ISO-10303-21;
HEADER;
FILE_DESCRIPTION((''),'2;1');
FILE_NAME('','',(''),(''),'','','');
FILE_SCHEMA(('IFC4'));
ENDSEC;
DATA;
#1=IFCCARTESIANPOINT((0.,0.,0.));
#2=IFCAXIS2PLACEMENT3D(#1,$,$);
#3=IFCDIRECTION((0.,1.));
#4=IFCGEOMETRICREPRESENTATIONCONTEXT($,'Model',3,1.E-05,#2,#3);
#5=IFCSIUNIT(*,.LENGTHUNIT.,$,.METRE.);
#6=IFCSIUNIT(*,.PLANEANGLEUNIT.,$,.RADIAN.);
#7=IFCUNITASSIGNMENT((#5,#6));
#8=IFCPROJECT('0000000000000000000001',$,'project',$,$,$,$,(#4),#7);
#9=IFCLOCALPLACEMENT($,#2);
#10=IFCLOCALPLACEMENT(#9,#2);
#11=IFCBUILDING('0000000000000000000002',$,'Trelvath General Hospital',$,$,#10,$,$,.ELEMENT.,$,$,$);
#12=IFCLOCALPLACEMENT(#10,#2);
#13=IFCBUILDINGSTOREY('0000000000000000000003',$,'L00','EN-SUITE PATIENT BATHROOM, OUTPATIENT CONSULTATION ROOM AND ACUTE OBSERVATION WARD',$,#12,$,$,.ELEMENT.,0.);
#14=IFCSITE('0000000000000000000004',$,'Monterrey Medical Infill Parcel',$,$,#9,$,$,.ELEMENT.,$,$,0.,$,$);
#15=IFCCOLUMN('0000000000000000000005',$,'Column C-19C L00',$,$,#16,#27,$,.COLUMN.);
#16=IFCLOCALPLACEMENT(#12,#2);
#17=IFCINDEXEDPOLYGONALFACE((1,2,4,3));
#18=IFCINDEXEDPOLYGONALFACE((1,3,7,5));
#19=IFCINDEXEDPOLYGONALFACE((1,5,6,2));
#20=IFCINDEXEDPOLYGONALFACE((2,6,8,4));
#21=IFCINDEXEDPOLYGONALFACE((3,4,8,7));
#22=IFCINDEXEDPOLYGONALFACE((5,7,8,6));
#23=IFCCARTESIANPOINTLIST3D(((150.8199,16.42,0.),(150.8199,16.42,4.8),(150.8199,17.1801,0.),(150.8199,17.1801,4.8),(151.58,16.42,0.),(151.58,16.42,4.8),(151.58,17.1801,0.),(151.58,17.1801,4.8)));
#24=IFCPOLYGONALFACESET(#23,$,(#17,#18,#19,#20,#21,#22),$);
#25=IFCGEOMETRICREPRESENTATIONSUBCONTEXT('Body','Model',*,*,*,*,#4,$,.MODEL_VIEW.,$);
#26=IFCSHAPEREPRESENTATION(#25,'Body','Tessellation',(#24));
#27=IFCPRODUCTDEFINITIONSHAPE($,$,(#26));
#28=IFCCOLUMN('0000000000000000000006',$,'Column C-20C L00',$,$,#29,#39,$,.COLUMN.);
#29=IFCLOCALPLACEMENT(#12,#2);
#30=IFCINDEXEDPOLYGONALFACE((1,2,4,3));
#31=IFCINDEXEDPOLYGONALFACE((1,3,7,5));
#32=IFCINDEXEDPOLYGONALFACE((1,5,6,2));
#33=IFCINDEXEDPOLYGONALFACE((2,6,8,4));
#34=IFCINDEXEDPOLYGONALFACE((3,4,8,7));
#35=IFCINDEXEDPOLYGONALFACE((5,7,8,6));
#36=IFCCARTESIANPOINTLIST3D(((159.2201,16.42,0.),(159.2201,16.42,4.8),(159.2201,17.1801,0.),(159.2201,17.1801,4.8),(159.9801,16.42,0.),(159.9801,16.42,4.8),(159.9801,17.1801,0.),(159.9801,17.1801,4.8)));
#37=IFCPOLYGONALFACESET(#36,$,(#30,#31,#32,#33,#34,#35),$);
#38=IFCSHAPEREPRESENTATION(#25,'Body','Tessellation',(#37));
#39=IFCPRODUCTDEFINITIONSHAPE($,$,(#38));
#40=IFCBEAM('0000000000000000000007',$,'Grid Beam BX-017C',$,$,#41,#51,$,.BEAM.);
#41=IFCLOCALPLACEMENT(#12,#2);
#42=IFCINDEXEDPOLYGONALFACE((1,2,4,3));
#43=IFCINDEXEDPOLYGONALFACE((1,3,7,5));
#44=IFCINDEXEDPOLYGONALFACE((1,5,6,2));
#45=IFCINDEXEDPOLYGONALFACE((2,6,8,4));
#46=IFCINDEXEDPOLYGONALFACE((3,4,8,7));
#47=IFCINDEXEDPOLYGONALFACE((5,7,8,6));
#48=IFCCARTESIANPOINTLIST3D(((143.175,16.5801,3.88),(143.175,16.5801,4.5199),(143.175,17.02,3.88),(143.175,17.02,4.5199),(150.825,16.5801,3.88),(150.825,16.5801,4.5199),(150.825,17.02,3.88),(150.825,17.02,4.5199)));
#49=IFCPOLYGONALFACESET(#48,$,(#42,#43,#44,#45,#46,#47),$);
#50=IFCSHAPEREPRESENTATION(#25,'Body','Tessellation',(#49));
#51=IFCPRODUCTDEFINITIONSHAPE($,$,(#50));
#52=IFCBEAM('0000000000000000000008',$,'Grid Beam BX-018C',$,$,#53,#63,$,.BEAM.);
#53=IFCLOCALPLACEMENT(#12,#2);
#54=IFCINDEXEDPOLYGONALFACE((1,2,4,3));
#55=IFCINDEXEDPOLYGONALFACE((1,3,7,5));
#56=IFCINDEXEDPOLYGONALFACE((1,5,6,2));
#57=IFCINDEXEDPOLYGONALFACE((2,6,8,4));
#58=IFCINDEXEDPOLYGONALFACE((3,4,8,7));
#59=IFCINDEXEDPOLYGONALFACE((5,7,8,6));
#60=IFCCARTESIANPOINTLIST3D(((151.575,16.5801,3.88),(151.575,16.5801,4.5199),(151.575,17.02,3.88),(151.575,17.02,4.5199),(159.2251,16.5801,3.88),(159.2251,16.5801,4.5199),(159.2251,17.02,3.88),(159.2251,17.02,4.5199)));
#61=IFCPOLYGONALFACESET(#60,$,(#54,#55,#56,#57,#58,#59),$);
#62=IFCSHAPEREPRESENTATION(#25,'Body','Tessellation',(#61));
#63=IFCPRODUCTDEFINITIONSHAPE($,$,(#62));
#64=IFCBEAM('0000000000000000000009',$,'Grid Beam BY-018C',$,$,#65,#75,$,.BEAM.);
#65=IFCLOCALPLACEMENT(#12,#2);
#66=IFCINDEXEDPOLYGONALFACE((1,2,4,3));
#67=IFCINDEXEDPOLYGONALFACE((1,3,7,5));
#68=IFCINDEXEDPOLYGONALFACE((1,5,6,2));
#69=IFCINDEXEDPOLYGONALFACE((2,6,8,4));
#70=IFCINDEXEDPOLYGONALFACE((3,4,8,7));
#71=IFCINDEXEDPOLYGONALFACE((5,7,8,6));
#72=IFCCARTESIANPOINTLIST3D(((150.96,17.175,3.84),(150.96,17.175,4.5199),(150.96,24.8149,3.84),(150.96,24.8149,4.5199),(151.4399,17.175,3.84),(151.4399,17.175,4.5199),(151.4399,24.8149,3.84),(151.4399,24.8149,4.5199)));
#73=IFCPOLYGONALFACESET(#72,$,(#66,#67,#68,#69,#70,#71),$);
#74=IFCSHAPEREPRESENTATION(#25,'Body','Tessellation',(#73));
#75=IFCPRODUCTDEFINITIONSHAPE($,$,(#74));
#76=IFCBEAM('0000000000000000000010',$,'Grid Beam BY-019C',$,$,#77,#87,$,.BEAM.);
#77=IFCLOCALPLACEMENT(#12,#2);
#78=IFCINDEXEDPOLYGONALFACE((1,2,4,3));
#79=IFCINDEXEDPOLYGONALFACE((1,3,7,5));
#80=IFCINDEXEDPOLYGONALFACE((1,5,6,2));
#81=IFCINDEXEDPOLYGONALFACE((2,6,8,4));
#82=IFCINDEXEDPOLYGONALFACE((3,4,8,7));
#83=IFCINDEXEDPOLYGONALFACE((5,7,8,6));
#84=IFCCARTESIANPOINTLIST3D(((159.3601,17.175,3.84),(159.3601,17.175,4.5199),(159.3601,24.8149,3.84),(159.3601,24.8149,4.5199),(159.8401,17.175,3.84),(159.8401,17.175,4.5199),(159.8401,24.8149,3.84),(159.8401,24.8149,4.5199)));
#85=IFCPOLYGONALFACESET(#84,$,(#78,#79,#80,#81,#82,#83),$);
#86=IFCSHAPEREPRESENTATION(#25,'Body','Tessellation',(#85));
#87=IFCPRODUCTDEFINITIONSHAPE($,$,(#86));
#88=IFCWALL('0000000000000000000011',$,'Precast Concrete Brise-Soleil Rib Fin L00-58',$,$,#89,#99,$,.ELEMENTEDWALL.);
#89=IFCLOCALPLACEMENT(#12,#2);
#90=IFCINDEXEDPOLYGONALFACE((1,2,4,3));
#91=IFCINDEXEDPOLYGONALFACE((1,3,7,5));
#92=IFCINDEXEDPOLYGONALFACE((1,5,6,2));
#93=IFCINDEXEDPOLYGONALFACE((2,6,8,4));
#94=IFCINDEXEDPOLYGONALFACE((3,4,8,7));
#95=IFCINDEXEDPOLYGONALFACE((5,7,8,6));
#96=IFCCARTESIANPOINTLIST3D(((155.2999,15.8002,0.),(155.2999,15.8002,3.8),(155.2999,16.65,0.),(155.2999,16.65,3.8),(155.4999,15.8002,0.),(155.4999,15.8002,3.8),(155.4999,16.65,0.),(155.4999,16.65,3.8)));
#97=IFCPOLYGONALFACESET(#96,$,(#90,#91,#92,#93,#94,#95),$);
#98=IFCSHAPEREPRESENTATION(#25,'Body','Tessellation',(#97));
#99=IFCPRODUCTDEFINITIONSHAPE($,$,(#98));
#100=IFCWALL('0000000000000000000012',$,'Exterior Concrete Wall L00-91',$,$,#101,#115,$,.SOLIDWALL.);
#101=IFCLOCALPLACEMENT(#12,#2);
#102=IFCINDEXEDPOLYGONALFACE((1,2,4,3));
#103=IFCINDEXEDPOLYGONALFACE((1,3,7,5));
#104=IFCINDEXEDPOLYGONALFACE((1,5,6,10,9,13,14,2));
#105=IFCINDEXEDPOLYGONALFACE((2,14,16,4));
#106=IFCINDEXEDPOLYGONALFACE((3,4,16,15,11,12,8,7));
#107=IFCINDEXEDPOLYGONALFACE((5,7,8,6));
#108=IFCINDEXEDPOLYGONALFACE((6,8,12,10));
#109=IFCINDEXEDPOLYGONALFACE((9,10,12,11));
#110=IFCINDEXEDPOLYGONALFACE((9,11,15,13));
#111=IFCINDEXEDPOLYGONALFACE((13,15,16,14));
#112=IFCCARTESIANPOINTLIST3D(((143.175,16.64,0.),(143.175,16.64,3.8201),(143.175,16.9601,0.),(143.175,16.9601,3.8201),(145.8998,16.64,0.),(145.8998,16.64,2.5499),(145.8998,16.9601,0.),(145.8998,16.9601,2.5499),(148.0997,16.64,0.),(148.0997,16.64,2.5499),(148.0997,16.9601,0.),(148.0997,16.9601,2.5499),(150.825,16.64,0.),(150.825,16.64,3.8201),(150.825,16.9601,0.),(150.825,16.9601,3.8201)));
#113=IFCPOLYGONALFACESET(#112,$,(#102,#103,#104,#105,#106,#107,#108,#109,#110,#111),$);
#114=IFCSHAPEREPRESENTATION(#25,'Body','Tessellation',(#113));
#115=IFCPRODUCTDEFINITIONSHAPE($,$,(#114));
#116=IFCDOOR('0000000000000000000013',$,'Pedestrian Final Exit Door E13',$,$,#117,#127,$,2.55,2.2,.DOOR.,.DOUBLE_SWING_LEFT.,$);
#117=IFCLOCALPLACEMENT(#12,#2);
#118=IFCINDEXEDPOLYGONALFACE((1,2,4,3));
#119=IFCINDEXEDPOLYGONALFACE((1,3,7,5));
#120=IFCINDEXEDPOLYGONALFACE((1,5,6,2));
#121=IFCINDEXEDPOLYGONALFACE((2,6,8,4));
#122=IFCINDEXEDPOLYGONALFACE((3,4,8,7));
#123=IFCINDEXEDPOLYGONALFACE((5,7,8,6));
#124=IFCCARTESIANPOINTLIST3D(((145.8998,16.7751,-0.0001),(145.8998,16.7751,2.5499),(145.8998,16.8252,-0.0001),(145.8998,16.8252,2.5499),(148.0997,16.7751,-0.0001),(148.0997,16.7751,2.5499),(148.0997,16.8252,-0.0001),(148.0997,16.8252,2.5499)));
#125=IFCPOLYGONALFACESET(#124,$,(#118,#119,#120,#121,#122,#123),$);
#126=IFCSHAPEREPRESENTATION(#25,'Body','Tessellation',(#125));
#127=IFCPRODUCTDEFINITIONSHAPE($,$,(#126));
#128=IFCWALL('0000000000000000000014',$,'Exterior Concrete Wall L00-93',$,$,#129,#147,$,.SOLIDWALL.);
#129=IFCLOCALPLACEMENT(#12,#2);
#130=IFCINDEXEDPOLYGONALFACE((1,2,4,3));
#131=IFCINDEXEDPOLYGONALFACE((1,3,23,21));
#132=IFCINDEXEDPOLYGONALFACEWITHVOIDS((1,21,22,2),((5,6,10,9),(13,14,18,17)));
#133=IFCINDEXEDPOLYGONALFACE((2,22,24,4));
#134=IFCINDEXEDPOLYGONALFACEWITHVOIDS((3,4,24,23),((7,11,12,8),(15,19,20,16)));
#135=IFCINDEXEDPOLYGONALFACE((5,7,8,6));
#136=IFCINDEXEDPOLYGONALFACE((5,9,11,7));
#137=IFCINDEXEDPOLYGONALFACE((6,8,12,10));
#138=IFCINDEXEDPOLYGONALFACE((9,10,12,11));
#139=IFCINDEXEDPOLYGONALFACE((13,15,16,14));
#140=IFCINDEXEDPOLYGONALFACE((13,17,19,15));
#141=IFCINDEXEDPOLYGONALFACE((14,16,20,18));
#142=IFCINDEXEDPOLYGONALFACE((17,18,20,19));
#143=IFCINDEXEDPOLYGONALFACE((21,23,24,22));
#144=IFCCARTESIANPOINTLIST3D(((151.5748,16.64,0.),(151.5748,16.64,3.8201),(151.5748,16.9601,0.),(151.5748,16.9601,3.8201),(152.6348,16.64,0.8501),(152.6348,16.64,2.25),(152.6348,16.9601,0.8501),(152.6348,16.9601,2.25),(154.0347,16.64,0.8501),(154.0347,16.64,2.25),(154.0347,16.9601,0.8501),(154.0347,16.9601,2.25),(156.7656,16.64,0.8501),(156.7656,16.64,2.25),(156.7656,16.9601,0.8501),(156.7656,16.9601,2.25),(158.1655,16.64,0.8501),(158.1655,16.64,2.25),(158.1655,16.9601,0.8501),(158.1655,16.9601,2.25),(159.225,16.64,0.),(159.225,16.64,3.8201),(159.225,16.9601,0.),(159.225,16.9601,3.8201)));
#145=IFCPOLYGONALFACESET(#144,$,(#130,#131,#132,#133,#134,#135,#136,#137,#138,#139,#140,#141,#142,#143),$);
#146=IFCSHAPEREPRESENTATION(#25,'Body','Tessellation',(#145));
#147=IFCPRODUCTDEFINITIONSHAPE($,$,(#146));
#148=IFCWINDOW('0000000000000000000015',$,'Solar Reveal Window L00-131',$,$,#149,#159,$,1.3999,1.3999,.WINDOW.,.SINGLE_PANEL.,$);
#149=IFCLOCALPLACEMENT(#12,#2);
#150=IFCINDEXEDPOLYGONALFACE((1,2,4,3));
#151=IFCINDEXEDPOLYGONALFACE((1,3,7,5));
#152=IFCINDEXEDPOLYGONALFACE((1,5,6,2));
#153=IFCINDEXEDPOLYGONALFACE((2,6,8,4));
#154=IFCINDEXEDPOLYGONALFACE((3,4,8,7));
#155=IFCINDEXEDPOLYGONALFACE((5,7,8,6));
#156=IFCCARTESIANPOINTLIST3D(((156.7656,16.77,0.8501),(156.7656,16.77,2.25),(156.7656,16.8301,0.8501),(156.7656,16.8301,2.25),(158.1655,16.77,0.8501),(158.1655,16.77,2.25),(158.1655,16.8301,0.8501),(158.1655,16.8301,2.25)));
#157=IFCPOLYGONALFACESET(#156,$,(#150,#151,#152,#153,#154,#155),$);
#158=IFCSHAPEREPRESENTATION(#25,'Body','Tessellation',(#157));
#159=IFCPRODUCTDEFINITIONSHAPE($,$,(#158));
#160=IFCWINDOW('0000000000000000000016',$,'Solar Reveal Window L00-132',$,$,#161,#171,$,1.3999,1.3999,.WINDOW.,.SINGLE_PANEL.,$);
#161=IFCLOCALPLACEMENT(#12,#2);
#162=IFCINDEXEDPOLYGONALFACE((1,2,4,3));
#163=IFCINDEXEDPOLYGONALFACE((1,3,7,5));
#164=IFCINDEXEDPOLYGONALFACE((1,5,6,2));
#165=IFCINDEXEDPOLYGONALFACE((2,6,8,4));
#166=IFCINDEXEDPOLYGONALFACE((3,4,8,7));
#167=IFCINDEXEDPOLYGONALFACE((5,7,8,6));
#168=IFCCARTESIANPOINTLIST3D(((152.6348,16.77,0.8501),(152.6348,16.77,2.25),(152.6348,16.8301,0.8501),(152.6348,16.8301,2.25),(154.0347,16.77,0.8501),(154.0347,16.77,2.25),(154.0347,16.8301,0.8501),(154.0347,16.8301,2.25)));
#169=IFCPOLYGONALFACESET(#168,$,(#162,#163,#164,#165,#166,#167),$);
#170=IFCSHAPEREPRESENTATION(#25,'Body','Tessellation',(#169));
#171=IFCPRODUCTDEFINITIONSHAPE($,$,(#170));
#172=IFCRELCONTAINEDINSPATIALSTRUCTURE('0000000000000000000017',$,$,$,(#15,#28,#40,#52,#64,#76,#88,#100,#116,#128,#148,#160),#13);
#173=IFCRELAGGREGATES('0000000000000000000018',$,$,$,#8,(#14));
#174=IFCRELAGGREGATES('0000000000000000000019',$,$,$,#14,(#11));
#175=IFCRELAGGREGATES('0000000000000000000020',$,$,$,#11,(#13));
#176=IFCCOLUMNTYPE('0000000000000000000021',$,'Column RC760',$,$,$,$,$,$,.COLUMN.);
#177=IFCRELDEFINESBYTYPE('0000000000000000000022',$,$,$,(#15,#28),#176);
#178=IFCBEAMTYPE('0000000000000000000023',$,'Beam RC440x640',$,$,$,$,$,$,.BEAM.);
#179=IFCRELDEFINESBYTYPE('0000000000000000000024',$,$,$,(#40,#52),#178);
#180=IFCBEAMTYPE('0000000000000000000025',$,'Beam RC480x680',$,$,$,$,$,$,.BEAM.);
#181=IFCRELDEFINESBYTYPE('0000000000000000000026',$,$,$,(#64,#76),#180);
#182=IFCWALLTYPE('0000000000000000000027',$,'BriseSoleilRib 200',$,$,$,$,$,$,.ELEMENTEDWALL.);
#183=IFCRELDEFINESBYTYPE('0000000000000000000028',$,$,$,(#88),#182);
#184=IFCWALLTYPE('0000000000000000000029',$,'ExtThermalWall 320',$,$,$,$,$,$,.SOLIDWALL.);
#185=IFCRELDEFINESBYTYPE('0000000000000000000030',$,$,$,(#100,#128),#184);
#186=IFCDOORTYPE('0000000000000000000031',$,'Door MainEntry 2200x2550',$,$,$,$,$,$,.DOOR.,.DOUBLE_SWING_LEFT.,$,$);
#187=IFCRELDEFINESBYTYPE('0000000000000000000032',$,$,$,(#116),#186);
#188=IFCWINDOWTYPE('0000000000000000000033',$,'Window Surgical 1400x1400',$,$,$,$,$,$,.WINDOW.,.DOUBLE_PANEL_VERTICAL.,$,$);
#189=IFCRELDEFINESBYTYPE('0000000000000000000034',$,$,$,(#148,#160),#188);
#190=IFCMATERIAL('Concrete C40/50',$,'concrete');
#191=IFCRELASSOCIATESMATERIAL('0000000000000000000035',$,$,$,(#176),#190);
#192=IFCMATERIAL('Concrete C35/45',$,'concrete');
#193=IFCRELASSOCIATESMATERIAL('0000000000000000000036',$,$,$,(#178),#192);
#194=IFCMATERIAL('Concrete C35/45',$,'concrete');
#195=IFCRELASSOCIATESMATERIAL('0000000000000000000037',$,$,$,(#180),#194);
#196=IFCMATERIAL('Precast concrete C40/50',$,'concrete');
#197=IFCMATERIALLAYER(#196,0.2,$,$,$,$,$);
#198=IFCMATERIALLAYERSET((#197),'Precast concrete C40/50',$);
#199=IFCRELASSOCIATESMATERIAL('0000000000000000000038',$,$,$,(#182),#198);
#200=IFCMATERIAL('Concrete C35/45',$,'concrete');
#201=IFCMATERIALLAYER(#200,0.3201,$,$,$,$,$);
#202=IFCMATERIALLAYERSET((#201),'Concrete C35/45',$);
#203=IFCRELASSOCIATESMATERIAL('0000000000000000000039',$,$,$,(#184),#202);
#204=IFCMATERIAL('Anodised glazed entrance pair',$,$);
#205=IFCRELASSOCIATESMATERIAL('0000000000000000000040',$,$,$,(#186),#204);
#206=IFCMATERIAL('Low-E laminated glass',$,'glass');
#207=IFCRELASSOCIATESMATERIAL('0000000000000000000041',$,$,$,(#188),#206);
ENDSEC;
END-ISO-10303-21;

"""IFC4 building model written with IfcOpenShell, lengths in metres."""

from ifc_helpers import new_model, si_unit, direction, frame, frame_2d, origin, origin_2d, place, context, subcontext, project, spatial, rectangle, extrude, material, layer, layer_set, material_profile, profile_set, type_object, element, fill, save


model = new_model("IFC4")

# Units and contexts
model_context = context("Model", 3, precision=1e-05, world=origin(), true_north=direction((0.0, 1.0)))
body_context = subcontext(model_context, "Body", "Model", "MODEL_VIEW")
ifc_project = project(units=[si_unit("LENGTHUNIT", "METRE"), si_unit("PLANEANGLEUNIT", "RADIAN")], contexts=[model_context])

# Site, building, storey
site_placement = place(None, origin())
site = spatial("IfcSite", under=ifc_project, at=site_placement, Name="Monterrey Medical Infill Parcel", CompositionType="ELEMENT", RefElevation=0.0)
building_placement = place(site_placement, origin())
building = spatial("IfcBuilding", under=site, at=building_placement, Name="Trelvath General Hospital", CompositionType="ELEMENT")
storey_placement = place(building_placement, origin())
storey = spatial("IfcBuildingStorey", under=building, at=storey_placement, Name="L00", Description="EN-SUITE PATIENT BATHROOM, OUTPATIENT CONSULTATION ROOM AND ACUTE OBSERVATION WARD", CompositionType="ELEMENT", Elevation=0.0)

# Columns
ifc_material_1 = material(Name="Concrete C40/50", Category="concrete")
ifc_material_profile_1 = material_profile(ifc_material_1, rectangle(XDim=0.76, YDim=0.76, at=origin_2d()), Name="RC760x760")
ifc_profile_set_1 = profile_set([ifc_material_profile_1], Name="Concrete C40/50")
column_type = type_object("IfcColumnType", Name="Column RC760", PredefinedType="COLUMN", material=ifc_profile_set_1)
for number, where, z_axis, x_axis, name in (
    (1, (151.2, 16.8, 0.0), (0.0, 0.0, 1.0), (1.0, 0.0, 0.0), "Column C-19C L00"),
    (2, (159.6001, 16.8, 0.0), (0.0, 0.0, 1.0), (1.0, 0.0, 0.0), "Column C-20C L00"),
):
    element("IfcColumn", number, at=place(storey_placement, frame(where, z_axis=z_axis, x_axis=x_axis)), inside=storey, type_object=column_type, Name=name, PredefinedType="COLUMN", context=body_context, shape_type="SweptSolid", body=[
        extrude(rectangle(XDim=0.76, YDim=0.76, at=origin_2d()), origin(), (0.0, 0.0, 1.0), 4.8),
    ])

# Beams
ifc_material_2 = material(Name="Concrete C35/45", Category="concrete")
ifc_material_profile_2 = material_profile(ifc_material_2, rectangle(XDim=0.4399, YDim=0.6399, at=origin_2d()), Name="RCB440x640")
ifc_profile_set_2 = profile_set([ifc_material_profile_2], Name="Concrete C35/45")
beam_type_1 = type_object("IfcBeamType", Name="Beam RC440x640", PredefinedType="BEAM", material=ifc_profile_set_2)
beam_1_placement = place(storey_placement, frame((143.175, 16.8, 4.2), z_axis=(1.0, 0.0, 0.0), x_axis=(0.0, 1.0, 0.0)))
element("IfcBeam", 3, at=beam_1_placement, inside=storey, type_object=beam_type_1, Name="Grid Beam BX-017C", PredefinedType="BEAM", context=body_context, shape_type="SweptSolid", body=[
    extrude(rectangle(XDim=0.4399, YDim=0.6399, at=origin_2d()), origin(), (0.0, 0.0, 1.0), 7.6499),
])
beam_2_placement = place(storey_placement, frame((151.575, 16.8, 4.2), z_axis=(1.0, 0.0, 0.0), x_axis=(0.0, 1.0, 0.0)))
element("IfcBeam", 4, at=beam_2_placement, inside=storey, type_object=beam_type_1, Name="Grid Beam BX-018C", PredefinedType="BEAM", context=body_context, shape_type="SweptSolid", body=[
    extrude(rectangle(XDim=0.4399, YDim=0.6399, at=origin_2d()), origin(), (0.0, 0.0, 1.0), 7.6501),
])
ifc_material_3 = material(Name="Concrete C35/45", Category="concrete")
ifc_material_profile_3 = material_profile(ifc_material_3, rectangle(XDim=0.48, YDim=0.6799, at=origin_2d()), Name="RCB480x680")
ifc_profile_set_3 = profile_set([ifc_material_profile_3], Name="Concrete C35/45")
beam_type_2 = type_object("IfcBeamType", Name="Beam RC480x680", PredefinedType="BEAM", material=ifc_profile_set_3)
for number, where, z_axis, x_axis, name in (
    (5, (151.2, 17.175, 4.1799), (0.0, 1.0, 0.0), (-1.0, 0.0, 0.0), "Grid Beam BY-018C"),
    (6, (159.6001, 17.175, 4.1799), (0.0, 1.0, 0.0), (-1.0, 0.0, 0.0), "Grid Beam BY-019C"),
):
    element("IfcBeam", number, at=place(storey_placement, frame(where, z_axis=z_axis, x_axis=x_axis)), inside=storey, type_object=beam_type_2, Name=name, PredefinedType="BEAM", context=body_context, shape_type="SweptSolid", body=[
        extrude(rectangle(XDim=0.48, YDim=0.6799, at=origin_2d()), origin(), (0.0, 0.0, 1.0), 7.6399),
    ])

# Wall
ifc_material_4 = material(Name="Precast concrete C40/50", Category="concrete")
ifc_layer_1 = layer(ifc_material_4, 0.2)
ifc_layer_set_1 = layer_set([ifc_layer_1], Name="Precast concrete C40/50")
wall_type_1 = type_object("IfcWallType", Name="BriseSoleilRib 200", PredefinedType="ELEMENTEDWALL", material=ifc_layer_set_1)
wall_1_placement = place(storey_placement, frame((155.3999, 16.6499, 0.0), z_axis=(0.0, 0.0, 1.0), x_axis=(0.0, -1.0, 0.0)))
element("IfcWall", 7, at=wall_1_placement, inside=storey, type_object=wall_type_1, Name="Precast Concrete Brise-Soleil Rib Fin L00-58", PredefinedType="ELEMENTEDWALL", context=body_context, shape_type="SweptSolid", body=[
    extrude(rectangle(XDim=0.8499, YDim=0.2, at=frame_2d((0.4248, 0.0))), origin(), (0.0, 0.0, 1.0), 3.8),
])

# Wall, opening, door
ifc_material_5 = material(Name="Concrete C35/45", Category="concrete")
ifc_layer_2 = layer(ifc_material_5, 0.3201)
ifc_layer_set_2 = layer_set([ifc_layer_2], Name="Concrete C35/45")
wall_type_2 = type_object("IfcWallType", Name="ExtThermalWall 320", PredefinedType="SOLIDWALL", material=ifc_layer_set_2)
wall_2_placement = place(storey_placement, frame((150.825, 16.8, 0.0), z_axis=(0.0, 0.0, 1.0), x_axis=(-1.0, 0.0, 0.0)))
wall_2 = element("IfcWall", 8, at=wall_2_placement, inside=storey, type_object=wall_type_2, Name="Exterior Concrete Wall L00-91", PredefinedType="SOLIDWALL", context=body_context, shape_type="SweptSolid", body=[
    extrude(rectangle(XDim=7.6499, YDim=0.3201, at=frame_2d((3.825, 0.0))), origin(), (0.0, 0.0, 1.0), 3.8201),
])
opening_1_placement = place(wall_2_placement, frame((2.7251, 0.0, 0.0)))
opening_1 = element("IfcOpeningElement", 9, at=opening_1_placement, cuts=wall_2, PredefinedType="OPENING", context=body_context, shape_type="SweptSolid", body=[
    extrude(rectangle(XDim=2.2, YDim=2.55, at=frame_2d((1.1001, 1.2749))), frame((0.0, 0.1699, 0.0), z_axis=(0.0, -1.0, 0.0), x_axis=(1.0, 0.0, 0.0)), (0.0, 0.0, 1.0), 0.3401),
])
ifc_material_6 = material(Name="Anodised glazed entrance pair")
door_type = type_object("IfcDoorType", Name="Door MainEntry 2200x2550", OperationType="DOUBLE_SWING_LEFT", PredefinedType="DOOR", material=ifc_material_6)
door_placement = place(opening_1_placement, origin())
door = element("IfcDoor", 10, at=door_placement, inside=storey, type_object=door_type, Name="Pedestrian Final Exit Door E13", OperationType="DOUBLE_SWING_LEFT", OverallHeight=2.55, OverallWidth=2.2, PredefinedType="DOOR", context=body_context, shape_type="SweptSolid", body=[
    extrude(rectangle(XDim=2.2, YDim=2.55, at=frame_2d((1.1001, 1.2749))), frame((0.0, 0.0249, 0.0), z_axis=(0.0, -1.0, 0.0), x_axis=(1.0, 0.0, 0.0)), (0.0, 0.0, 1.0), 0.05),
])
fill(opening_1, door)

# Wall, openings, windows
wall_3_placement = place(storey_placement, frame((159.2251, 16.8, 0.0), z_axis=(0.0, 0.0, 1.0), x_axis=(-1.0, 0.0, 0.0)))
wall_3 = element("IfcWall", 11, at=wall_3_placement, inside=storey, type_object=wall_type_2, Name="Exterior Concrete Wall L00-93", PredefinedType="SOLIDWALL", context=body_context, shape_type="SweptSolid", body=[
    extrude(rectangle(XDim=7.6501, YDim=0.3201, at=frame_2d((3.8252, 0.0))), origin(), (0.0, 0.0, 1.0), 3.8201),
])
opening_2_placement = place(wall_3_placement, frame((1.0596, 0.0, 0.8501)))
opening_2 = element("IfcOpeningElement", 12, at=opening_2_placement, cuts=wall_3, PredefinedType="OPENING", context=body_context, shape_type="SweptSolid", body=[
    extrude(rectangle(XDim=1.3999, YDim=1.3999, at=frame_2d((0.7, 0.7))), frame((0.0, 0.1699, 0.0), z_axis=(0.0, -1.0, 0.0), x_axis=(1.0, 0.0, 0.0)), (0.0, 0.0, 1.0), 0.3401),
])
opening_3_placement = place(wall_3_placement, frame((5.1904, 0.0, 0.8501)))
opening_3 = element("IfcOpeningElement", 13, at=opening_3_placement, cuts=wall_3, PredefinedType="OPENING", context=body_context, shape_type="SweptSolid", body=[
    extrude(rectangle(XDim=1.3999, YDim=1.3999, at=frame_2d((0.7, 0.7))), frame((0.0, 0.1699, 0.0), z_axis=(0.0, -1.0, 0.0), x_axis=(1.0, 0.0, 0.0)), (0.0, 0.0, 1.0), 0.3401),
])
ifc_material_7 = material(Name="Low-E laminated glass", Category="glass")
window_type = type_object("IfcWindowType", Name="Window Surgical 1400x1400", PartitioningType="DOUBLE_PANEL_VERTICAL", PredefinedType="WINDOW", material=ifc_material_7)
window_1_placement = place(opening_2_placement, origin())
window_1 = element("IfcWindow", 14, at=window_1_placement, inside=storey, type_object=window_type, Name="Solar Reveal Window L00-131", OverallHeight=1.3999, OverallWidth=1.3999, PartitioningType="SINGLE_PANEL", PredefinedType="WINDOW", context=body_context, shape_type="SweptSolid", body=[
    extrude(rectangle(XDim=1.3999, YDim=1.3999, at=frame_2d((0.7, 0.7))), frame((0.0, 0.03, 0.0), z_axis=(0.0, -1.0, 0.0), x_axis=(1.0, 0.0, 0.0)), (0.0, 0.0, 1.0), 0.0601),
])
fill(opening_2, window_1)
window_2_placement = place(opening_3_placement, origin())
window_2 = element("IfcWindow", 15, at=window_2_placement, inside=storey, type_object=window_type, Name="Solar Reveal Window L00-132", OverallHeight=1.3999, OverallWidth=1.3999, PartitioningType="SINGLE_PANEL", PredefinedType="WINDOW", context=body_context, shape_type="SweptSolid", body=[
    extrude(rectangle(XDim=1.3999, YDim=1.3999, at=frame_2d((0.7, 0.7))), frame((0.0, 0.03, 0.0), z_axis=(0.0, -1.0, 0.0), x_axis=(1.0, 0.0, 0.0)), (0.0, 0.0, 1.0), 0.0601),
])
fill(opening_3, window_2)

save(model, "model.ifc")
